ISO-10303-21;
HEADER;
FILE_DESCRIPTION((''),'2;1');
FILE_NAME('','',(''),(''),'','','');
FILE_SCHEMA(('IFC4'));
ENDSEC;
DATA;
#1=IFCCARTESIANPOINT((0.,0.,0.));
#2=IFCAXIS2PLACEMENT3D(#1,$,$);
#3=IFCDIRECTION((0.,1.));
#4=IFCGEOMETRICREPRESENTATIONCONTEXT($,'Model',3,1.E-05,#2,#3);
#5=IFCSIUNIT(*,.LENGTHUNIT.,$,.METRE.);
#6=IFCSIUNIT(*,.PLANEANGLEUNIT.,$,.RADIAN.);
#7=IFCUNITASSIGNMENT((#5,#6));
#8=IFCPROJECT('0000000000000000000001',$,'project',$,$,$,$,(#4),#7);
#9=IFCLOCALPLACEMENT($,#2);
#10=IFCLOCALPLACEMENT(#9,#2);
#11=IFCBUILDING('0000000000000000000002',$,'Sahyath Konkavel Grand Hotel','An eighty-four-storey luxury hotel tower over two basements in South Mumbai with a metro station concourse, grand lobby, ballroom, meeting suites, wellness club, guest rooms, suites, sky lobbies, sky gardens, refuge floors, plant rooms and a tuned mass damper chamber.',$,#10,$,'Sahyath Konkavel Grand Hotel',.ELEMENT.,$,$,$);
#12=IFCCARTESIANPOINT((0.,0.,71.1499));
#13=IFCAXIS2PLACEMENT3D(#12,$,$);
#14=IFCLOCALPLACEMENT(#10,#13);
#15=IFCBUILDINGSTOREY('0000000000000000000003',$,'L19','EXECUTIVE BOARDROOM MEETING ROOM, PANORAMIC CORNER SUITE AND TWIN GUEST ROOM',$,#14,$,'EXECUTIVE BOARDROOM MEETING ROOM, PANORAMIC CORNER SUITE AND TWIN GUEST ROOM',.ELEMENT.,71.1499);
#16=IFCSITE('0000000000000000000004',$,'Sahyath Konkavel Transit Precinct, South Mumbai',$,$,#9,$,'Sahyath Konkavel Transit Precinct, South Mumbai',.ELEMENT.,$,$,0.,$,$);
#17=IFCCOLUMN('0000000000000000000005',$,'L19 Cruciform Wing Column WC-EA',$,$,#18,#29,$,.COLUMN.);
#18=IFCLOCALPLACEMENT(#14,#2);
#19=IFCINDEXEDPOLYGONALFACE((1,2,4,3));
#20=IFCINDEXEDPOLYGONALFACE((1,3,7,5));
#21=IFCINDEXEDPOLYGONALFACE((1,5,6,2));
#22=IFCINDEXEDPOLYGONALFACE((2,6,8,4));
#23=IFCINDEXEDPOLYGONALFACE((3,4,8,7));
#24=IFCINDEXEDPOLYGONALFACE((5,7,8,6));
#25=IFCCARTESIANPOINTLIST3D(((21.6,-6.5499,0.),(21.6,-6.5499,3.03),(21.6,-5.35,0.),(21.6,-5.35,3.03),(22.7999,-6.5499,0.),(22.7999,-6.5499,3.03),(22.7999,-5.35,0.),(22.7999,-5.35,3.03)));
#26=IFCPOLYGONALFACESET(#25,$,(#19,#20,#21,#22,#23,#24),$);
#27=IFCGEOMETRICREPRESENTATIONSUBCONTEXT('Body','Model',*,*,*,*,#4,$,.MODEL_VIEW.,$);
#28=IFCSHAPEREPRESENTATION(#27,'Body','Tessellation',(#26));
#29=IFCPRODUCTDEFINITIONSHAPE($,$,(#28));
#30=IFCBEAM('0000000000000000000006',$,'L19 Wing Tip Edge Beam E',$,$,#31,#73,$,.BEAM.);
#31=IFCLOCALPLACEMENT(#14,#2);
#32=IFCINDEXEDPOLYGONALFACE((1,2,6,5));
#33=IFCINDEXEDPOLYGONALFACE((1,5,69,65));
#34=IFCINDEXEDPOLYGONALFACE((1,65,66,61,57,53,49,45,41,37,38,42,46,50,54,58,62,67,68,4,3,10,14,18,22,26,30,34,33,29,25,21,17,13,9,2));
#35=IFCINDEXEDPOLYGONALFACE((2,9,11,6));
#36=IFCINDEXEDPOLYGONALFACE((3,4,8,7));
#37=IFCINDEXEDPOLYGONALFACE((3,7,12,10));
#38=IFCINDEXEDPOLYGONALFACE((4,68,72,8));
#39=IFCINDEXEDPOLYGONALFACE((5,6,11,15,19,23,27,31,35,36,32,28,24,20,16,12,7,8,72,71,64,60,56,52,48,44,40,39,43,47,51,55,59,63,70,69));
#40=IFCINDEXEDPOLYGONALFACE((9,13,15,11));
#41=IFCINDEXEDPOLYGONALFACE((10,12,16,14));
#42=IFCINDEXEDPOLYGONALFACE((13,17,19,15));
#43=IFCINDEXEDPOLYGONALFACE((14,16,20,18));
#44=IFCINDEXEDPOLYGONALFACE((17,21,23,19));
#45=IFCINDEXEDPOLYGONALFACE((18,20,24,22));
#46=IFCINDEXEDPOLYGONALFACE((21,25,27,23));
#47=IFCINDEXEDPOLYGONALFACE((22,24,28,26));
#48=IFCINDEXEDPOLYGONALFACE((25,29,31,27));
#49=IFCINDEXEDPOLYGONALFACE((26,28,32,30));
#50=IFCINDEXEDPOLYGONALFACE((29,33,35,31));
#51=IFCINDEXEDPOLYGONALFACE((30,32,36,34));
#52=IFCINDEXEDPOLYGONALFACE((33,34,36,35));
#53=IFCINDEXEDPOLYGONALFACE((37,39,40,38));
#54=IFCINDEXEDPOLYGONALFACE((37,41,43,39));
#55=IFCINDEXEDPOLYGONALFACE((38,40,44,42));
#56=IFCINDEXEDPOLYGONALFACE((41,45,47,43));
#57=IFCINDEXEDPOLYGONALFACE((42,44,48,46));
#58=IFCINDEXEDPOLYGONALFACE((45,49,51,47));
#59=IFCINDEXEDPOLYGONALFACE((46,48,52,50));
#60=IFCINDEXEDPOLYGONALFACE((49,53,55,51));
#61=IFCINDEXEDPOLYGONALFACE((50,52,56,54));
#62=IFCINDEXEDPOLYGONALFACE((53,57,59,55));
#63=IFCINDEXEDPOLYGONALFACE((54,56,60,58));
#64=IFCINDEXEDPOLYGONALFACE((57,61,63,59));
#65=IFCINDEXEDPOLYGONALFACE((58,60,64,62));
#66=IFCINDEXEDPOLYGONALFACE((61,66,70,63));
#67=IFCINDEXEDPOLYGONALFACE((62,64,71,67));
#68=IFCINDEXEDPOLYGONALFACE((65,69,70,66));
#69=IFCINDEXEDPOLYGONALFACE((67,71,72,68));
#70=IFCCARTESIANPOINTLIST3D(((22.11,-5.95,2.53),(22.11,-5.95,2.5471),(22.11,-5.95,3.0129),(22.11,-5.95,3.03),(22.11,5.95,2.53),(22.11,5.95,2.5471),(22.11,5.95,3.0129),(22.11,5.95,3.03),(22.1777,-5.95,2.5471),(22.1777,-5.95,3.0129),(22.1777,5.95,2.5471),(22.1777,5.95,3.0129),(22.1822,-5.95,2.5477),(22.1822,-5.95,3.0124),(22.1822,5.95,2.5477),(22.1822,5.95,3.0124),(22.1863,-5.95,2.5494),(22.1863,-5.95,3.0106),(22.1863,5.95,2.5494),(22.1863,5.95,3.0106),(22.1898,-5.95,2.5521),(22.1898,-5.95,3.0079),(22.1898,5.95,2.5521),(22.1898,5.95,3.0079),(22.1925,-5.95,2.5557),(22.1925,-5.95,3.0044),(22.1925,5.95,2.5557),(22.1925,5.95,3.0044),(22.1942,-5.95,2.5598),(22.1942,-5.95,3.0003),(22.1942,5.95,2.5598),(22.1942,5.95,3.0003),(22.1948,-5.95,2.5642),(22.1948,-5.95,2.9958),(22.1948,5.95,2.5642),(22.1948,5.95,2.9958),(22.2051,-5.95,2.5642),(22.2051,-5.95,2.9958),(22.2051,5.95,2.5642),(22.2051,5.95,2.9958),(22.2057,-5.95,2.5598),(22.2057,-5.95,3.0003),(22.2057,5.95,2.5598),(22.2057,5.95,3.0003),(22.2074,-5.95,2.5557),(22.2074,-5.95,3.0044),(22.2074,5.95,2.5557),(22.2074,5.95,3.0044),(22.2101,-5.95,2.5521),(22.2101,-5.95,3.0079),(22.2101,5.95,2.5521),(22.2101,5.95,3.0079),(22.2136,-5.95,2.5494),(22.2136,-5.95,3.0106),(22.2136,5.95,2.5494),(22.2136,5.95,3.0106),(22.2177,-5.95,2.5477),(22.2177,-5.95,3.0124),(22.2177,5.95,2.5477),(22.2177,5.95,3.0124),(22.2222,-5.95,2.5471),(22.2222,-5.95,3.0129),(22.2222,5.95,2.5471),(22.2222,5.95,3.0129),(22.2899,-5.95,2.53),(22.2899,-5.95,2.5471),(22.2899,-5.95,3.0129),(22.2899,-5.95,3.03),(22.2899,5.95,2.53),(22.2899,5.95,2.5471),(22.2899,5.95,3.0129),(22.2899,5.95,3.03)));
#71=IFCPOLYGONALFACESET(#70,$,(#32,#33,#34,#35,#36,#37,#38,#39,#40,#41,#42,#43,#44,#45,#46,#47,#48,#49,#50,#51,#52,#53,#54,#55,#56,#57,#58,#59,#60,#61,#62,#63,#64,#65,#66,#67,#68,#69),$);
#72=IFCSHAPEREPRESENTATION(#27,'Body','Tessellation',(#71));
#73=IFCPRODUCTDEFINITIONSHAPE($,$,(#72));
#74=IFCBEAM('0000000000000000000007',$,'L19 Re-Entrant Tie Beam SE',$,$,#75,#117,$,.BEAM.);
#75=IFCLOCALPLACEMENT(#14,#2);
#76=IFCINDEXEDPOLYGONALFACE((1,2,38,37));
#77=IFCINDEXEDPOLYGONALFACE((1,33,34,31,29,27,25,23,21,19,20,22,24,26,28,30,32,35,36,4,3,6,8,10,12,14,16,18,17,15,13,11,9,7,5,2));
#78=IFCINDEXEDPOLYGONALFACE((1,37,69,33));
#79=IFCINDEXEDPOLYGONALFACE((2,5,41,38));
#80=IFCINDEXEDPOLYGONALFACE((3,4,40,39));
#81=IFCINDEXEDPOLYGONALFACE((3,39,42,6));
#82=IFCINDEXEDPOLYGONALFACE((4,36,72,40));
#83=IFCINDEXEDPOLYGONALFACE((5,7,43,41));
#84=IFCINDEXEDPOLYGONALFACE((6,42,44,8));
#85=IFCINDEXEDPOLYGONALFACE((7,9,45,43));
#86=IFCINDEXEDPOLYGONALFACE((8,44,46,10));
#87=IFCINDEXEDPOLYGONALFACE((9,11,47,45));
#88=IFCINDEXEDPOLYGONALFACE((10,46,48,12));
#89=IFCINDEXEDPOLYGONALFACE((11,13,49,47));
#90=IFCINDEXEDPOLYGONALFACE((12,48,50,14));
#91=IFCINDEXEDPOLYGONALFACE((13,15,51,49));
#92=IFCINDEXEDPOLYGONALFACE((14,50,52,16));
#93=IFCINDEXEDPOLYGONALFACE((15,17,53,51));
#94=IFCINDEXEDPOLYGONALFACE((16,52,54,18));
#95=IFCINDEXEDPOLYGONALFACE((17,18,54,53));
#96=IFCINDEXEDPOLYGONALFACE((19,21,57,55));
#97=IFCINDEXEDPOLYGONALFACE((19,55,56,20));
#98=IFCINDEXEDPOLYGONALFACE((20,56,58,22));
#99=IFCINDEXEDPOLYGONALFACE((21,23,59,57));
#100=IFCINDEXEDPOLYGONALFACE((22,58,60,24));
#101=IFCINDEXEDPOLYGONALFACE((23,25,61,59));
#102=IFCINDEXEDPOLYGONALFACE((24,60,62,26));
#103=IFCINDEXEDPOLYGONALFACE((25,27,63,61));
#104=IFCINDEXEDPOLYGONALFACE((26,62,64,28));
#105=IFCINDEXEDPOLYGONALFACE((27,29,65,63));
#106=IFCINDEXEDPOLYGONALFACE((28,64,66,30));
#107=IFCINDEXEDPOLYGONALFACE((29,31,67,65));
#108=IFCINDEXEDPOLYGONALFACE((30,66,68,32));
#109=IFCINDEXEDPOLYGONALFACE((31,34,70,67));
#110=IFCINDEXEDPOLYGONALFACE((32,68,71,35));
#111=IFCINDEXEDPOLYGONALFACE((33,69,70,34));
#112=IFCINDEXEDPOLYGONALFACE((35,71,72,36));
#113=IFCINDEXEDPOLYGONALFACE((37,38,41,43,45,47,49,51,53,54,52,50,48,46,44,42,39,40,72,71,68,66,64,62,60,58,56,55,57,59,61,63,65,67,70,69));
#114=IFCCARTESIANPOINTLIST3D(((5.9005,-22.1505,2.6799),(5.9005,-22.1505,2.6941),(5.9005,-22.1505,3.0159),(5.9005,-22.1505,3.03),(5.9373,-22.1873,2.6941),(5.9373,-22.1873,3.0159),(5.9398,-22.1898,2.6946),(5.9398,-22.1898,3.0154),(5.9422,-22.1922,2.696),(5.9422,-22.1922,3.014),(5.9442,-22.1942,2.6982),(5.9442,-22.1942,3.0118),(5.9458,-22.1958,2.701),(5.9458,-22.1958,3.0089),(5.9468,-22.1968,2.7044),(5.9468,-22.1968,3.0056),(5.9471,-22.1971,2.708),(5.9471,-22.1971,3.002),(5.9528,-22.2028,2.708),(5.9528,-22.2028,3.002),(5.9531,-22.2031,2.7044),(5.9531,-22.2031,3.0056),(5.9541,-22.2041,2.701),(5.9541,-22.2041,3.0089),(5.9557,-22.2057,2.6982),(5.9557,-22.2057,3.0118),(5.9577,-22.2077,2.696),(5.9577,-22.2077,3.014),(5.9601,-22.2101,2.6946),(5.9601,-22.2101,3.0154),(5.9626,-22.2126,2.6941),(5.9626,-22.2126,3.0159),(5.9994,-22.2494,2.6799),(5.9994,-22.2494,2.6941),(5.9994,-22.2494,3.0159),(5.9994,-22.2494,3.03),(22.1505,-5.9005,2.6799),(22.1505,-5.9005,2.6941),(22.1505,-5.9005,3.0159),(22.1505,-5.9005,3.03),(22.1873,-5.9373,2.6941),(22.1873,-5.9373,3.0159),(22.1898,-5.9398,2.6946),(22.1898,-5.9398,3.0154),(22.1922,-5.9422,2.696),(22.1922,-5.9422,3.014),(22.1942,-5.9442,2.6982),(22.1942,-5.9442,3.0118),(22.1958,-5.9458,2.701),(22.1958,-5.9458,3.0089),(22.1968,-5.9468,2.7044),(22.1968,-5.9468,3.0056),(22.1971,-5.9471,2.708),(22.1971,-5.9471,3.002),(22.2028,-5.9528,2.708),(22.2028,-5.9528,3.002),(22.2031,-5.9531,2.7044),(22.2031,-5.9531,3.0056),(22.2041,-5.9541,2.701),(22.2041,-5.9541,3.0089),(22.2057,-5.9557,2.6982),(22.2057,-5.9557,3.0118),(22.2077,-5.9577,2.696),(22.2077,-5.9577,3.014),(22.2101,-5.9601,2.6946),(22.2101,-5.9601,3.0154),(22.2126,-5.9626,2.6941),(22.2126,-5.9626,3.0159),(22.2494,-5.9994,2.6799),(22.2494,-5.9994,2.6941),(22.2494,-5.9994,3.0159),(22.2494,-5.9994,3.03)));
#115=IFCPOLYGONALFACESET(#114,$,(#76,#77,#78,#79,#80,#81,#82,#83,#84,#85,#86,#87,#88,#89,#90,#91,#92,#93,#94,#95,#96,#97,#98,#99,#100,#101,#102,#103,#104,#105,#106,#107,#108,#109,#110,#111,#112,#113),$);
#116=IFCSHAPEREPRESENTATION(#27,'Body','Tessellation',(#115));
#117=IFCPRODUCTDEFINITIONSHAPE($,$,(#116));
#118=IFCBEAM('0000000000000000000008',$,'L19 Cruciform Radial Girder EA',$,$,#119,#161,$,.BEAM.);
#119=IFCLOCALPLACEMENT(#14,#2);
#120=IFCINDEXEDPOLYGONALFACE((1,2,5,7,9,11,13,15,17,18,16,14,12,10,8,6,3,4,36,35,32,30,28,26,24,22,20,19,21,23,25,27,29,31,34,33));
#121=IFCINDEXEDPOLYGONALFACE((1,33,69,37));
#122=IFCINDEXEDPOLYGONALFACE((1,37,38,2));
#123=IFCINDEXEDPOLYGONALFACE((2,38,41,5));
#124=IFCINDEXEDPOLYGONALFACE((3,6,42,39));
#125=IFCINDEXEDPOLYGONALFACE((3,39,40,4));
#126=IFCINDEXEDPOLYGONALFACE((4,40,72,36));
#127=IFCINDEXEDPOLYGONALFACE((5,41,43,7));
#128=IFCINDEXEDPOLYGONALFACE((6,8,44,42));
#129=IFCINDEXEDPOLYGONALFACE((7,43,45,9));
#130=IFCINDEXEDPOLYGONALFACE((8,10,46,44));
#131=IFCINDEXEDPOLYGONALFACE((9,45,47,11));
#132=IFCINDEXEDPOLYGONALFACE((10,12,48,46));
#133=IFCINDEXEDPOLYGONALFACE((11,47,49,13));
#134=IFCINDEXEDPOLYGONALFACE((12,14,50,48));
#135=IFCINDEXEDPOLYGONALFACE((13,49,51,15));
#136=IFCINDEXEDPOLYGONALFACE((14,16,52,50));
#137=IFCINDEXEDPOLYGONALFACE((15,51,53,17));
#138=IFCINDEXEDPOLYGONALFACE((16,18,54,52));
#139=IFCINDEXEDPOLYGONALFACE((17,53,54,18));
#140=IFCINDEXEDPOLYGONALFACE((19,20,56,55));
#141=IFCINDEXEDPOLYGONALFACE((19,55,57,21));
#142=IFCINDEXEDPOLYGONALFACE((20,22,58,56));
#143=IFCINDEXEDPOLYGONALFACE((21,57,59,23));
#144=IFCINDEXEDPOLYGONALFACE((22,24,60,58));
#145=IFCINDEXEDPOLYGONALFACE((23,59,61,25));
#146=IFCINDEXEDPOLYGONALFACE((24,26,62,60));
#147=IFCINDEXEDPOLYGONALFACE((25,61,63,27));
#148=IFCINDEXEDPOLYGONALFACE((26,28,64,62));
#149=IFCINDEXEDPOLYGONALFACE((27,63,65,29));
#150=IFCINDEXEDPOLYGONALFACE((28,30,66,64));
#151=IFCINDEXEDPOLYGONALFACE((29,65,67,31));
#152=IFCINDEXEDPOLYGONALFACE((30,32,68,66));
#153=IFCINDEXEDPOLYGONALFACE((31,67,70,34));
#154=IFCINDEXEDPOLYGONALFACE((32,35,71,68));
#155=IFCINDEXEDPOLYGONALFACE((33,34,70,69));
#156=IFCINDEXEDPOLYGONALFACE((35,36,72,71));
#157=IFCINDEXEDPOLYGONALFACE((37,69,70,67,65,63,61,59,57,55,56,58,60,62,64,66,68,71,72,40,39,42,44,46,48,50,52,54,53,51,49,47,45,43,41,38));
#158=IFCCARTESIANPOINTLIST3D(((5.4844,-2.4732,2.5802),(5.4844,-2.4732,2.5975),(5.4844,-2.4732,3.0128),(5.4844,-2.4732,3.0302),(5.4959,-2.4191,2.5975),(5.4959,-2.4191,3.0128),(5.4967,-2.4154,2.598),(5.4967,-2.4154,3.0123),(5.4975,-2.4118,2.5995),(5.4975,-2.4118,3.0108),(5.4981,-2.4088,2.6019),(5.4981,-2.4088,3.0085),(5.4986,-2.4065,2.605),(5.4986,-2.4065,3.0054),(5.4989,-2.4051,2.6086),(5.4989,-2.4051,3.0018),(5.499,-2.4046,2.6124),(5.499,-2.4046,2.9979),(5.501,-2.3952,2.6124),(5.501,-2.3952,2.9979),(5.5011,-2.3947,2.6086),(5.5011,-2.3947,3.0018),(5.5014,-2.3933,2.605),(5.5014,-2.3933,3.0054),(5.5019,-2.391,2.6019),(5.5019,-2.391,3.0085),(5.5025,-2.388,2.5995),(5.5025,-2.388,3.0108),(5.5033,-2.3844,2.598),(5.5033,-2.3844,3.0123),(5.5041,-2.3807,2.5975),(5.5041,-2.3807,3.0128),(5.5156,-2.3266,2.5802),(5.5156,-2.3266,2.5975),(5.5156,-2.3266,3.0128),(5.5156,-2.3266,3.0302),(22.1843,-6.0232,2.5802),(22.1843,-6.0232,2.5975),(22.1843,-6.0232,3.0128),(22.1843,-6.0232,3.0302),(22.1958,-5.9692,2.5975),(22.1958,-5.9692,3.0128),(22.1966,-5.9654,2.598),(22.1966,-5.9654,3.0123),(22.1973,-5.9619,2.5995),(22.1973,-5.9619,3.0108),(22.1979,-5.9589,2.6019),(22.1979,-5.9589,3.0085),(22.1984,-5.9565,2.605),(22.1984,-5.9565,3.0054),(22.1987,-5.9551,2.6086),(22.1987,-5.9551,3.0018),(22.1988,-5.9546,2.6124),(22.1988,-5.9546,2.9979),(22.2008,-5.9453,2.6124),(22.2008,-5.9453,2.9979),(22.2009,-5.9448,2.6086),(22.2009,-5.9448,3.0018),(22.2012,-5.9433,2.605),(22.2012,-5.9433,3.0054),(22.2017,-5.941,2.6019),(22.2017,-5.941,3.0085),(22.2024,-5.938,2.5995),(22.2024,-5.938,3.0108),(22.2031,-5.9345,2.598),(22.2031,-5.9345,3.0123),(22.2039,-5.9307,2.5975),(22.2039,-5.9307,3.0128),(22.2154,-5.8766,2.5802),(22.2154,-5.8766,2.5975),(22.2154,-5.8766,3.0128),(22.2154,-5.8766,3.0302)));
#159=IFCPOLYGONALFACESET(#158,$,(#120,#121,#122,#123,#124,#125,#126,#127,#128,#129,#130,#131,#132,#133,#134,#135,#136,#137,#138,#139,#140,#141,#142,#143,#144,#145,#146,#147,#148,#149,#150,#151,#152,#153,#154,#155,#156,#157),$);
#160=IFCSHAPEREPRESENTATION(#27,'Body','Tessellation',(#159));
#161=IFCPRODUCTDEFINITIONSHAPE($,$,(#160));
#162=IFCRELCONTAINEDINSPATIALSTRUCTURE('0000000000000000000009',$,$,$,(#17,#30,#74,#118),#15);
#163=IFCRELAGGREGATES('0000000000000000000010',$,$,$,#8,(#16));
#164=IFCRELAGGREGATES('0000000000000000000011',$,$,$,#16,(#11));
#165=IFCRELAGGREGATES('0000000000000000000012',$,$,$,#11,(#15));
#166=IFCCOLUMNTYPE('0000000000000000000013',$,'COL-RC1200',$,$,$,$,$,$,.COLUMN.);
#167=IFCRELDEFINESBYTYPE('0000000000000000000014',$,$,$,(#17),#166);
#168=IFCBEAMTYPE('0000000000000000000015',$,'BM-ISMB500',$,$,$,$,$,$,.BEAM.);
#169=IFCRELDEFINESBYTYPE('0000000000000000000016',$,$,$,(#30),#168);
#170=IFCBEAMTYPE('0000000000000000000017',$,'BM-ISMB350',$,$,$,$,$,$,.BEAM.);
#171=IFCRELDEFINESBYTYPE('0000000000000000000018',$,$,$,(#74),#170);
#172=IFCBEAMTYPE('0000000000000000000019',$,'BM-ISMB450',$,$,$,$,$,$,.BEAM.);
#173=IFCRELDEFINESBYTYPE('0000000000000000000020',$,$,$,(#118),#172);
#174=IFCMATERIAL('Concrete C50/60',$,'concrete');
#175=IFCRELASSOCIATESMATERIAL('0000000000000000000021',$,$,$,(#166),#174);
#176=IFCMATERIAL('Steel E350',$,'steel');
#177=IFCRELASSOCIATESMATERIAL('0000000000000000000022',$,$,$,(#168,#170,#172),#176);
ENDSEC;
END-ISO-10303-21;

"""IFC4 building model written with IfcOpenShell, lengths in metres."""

from ifc_helpers import new_model, si_unit, direction, frame, origin, origin_2d, place, context, subcontext, project, spatial, rectangle, i_section, extrude, source, transform, mapped, material, material_profile, profile_set, type_object, element, save


model = new_model("IFC4")

# Units and contexts
model_context = context("Model", 3, precision=1e-05, world=origin(), true_north=direction((0.0, 1.0)))
body_context = subcontext(model_context, "Body", "Model", "MODEL_VIEW")
ifc_project = project(units=[si_unit("LENGTHUNIT", "METRE"), si_unit("PLANEANGLEUNIT", "RADIAN")], contexts=[model_context])

# Site, building, storey
site_placement = place(None, origin())
site = spatial("IfcSite", under=ifc_project, at=site_placement, Name="Sahyath Konkavel Transit Precinct, South Mumbai", LongName="Sahyath Konkavel Transit Precinct, South Mumbai", CompositionType="ELEMENT", RefElevation=0.0)
building_placement = place(site_placement, origin())
building = spatial("IfcBuilding", under=site, at=building_placement, Name="Sahyath Konkavel Grand Hotel", Description="An eighty-four-storey luxury hotel tower over two basements in South Mumbai with a metro station concourse, grand lobby, ballroom, meeting suites, wellness club, guest rooms, suites, sky lobbies, sky gardens, refuge floors, plant rooms and a tuned mass damper chamber.", LongName="Sahyath Konkavel Grand Hotel", CompositionType="ELEMENT")
storey_placement = place(building_placement, frame((0.0, 0.0, 71.1499)))
storey = spatial("IfcBuildingStorey", under=building, at=storey_placement, Name="L19", Description="EXECUTIVE BOARDROOM MEETING ROOM, PANORAMIC CORNER SUITE AND TWIN GUEST ROOM", LongName="EXECUTIVE BOARDROOM MEETING ROOM, PANORAMIC CORNER SUITE AND TWIN GUEST ROOM", CompositionType="ELEMENT", Elevation=71.1499)

# Column
ifc_material_1 = material(Name="Concrete C50/60", Category="concrete")
ifc_material_profile_1 = material_profile(ifc_material_1, rectangle(XDim=1.2, YDim=1.2, at=origin_2d()), Name="RC 1200x1200")
ifc_profile_set_1 = profile_set([ifc_material_profile_1], Name="Concrete C50/60")
column_type = type_object("IfcColumnType", Name="COL-RC1200", PredefinedType="COLUMN", material=ifc_profile_set_1)
shared_shape_1 = source(origin(), body_context, "Body", "SweptSolid", [
    extrude(rectangle(XDim=1.2, YDim=1.2, at=origin_2d()), origin(), (0.0, 0.0, 1.0), 3.03),
])
column_placement = place(storey_placement, frame((22.2, -5.95, 0.0), z_axis=(0.0, 0.0, 1.0), x_axis=(1.0, 0.0, 0.0)))
element("IfcColumn", 1, at=column_placement, inside=storey, type_object=column_type, Name="L19 Cruciform Wing Column WC-EA", PredefinedType="COLUMN", context=body_context, shape_type="MappedRepresentation", body=[
    mapped(shared_shape_1, transform((0.0, 0.0, 0.0), scale=1.0)),
])

# Beams
ifc_material_2 = material(Name="Steel E350", Category="steel")
ifc_material_profile_2 = material_profile(ifc_material_2, i_section(OverallWidth=0.1799, OverallDepth=0.5, WebThickness=0.0103, FlangeThickness=0.0171, FilletRadius=0.0171, at=origin_2d()), Name="ISMB 500")
ifc_profile_set_2 = profile_set([ifc_material_profile_2], Name="Steel E350")
beam_type_1 = type_object("IfcBeamType", Name="BM-ISMB500", PredefinedType="BEAM", material=ifc_profile_set_2)
shared_shape_2 = source(origin(), body_context, "Body", "SweptSolid", [
    extrude(i_section(OverallWidth=0.1799, OverallDepth=0.5, WebThickness=0.0103, FlangeThickness=0.0171, FilletRadius=0.0171, at=origin_2d()), origin(), (0.0, 0.0, 1.0), 11.8999),
])
beam_1_placement = place(storey_placement, frame((22.2, -5.95, 2.78), z_axis=(0.0, 1.0, 0.0), x_axis=(-1.0, 0.0, 0.0)))
element("IfcBeam", 2, at=beam_1_placement, inside=storey, type_object=beam_type_1, Name="L19 Wing Tip Edge Beam E", PredefinedType="BEAM", context=body_context, shape_type="MappedRepresentation", body=[
    mapped(shared_shape_2, transform((0.0, 0.0, 0.0), scale=1.0)),
])
ifc_material_profile_3 = material_profile(ifc_material_2, i_section(OverallWidth=0.1399, OverallDepth=0.3501, WebThickness=0.0081, FlangeThickness=0.0142, FilletRadius=0.0139, at=origin_2d()), Name="ISMB 350")
ifc_profile_set_3 = profile_set([ifc_material_profile_3], Name="Steel E350")
beam_type_2 = type_object("IfcBeamType", Name="BM-ISMB350", PredefinedType="BEAM", material=ifc_profile_set_3)
shared_shape_3 = source(origin(), body_context, "Body", "SweptSolid", [
    extrude(i_section(OverallWidth=0.1399, OverallDepth=0.3501, WebThickness=0.0081, FlangeThickness=0.0142, FilletRadius=0.0139, at=origin_2d()), origin(), (0.0, 0.0, 1.0), 22.981),
])
beam_2_placement = place(storey_placement, frame((22.2, -5.95, 2.855), z_axis=(-0.707107, -0.707107, 0.0), x_axis=(0.707107, -0.707107, 0.0)))
element("IfcBeam", 3, at=beam_2_placement, inside=storey, type_object=beam_type_2, Name="L19 Re-Entrant Tie Beam SE", PredefinedType="BEAM", context=body_context, shape_type="MappedRepresentation", body=[
    mapped(shared_shape_3, transform((0.0, 0.0, 0.0), scale=1.0)),
])
ifc_material_profile_4 = material_profile(ifc_material_2, i_section(OverallWidth=0.1499, OverallDepth=0.45, WebThickness=0.0095, FlangeThickness=0.0173, FilletRadius=0.0149, at=origin_2d()), Name="ISMB 450")
ifc_profile_set_4 = profile_set([ifc_material_profile_4], Name="Steel E350")
beam_type_3 = type_object("IfcBeamType", Name="BM-ISMB450", PredefinedType="BEAM", material=ifc_profile_set_4)
shared_shape_4 = source(origin(), body_context, "Body", "SweptSolid", [
    extrude(i_section(OverallWidth=0.1499, OverallDepth=0.45, WebThickness=0.0095, FlangeThickness=0.0173, FilletRadius=0.0149, at=origin_2d()), origin(), (0.0, 0.0, 1.0), 17.073),
])
beam_3_placement = place(storey_placement, frame((5.5, -2.3999, 2.8052), z_axis=(0.978143, -0.207932, 0.0), x_axis=(0.207932, 0.978143, 0.0)))
element("IfcBeam", 4, at=beam_3_placement, inside=storey, type_object=beam_type_3, Name="L19 Cruciform Radial Girder EA", PredefinedType="BEAM", context=body_context, shape_type="MappedRepresentation", body=[
    mapped(shared_shape_4, transform((0.0, 0.0, 0.0), scale=1.0)),
])

save(model, "model.ifc")
